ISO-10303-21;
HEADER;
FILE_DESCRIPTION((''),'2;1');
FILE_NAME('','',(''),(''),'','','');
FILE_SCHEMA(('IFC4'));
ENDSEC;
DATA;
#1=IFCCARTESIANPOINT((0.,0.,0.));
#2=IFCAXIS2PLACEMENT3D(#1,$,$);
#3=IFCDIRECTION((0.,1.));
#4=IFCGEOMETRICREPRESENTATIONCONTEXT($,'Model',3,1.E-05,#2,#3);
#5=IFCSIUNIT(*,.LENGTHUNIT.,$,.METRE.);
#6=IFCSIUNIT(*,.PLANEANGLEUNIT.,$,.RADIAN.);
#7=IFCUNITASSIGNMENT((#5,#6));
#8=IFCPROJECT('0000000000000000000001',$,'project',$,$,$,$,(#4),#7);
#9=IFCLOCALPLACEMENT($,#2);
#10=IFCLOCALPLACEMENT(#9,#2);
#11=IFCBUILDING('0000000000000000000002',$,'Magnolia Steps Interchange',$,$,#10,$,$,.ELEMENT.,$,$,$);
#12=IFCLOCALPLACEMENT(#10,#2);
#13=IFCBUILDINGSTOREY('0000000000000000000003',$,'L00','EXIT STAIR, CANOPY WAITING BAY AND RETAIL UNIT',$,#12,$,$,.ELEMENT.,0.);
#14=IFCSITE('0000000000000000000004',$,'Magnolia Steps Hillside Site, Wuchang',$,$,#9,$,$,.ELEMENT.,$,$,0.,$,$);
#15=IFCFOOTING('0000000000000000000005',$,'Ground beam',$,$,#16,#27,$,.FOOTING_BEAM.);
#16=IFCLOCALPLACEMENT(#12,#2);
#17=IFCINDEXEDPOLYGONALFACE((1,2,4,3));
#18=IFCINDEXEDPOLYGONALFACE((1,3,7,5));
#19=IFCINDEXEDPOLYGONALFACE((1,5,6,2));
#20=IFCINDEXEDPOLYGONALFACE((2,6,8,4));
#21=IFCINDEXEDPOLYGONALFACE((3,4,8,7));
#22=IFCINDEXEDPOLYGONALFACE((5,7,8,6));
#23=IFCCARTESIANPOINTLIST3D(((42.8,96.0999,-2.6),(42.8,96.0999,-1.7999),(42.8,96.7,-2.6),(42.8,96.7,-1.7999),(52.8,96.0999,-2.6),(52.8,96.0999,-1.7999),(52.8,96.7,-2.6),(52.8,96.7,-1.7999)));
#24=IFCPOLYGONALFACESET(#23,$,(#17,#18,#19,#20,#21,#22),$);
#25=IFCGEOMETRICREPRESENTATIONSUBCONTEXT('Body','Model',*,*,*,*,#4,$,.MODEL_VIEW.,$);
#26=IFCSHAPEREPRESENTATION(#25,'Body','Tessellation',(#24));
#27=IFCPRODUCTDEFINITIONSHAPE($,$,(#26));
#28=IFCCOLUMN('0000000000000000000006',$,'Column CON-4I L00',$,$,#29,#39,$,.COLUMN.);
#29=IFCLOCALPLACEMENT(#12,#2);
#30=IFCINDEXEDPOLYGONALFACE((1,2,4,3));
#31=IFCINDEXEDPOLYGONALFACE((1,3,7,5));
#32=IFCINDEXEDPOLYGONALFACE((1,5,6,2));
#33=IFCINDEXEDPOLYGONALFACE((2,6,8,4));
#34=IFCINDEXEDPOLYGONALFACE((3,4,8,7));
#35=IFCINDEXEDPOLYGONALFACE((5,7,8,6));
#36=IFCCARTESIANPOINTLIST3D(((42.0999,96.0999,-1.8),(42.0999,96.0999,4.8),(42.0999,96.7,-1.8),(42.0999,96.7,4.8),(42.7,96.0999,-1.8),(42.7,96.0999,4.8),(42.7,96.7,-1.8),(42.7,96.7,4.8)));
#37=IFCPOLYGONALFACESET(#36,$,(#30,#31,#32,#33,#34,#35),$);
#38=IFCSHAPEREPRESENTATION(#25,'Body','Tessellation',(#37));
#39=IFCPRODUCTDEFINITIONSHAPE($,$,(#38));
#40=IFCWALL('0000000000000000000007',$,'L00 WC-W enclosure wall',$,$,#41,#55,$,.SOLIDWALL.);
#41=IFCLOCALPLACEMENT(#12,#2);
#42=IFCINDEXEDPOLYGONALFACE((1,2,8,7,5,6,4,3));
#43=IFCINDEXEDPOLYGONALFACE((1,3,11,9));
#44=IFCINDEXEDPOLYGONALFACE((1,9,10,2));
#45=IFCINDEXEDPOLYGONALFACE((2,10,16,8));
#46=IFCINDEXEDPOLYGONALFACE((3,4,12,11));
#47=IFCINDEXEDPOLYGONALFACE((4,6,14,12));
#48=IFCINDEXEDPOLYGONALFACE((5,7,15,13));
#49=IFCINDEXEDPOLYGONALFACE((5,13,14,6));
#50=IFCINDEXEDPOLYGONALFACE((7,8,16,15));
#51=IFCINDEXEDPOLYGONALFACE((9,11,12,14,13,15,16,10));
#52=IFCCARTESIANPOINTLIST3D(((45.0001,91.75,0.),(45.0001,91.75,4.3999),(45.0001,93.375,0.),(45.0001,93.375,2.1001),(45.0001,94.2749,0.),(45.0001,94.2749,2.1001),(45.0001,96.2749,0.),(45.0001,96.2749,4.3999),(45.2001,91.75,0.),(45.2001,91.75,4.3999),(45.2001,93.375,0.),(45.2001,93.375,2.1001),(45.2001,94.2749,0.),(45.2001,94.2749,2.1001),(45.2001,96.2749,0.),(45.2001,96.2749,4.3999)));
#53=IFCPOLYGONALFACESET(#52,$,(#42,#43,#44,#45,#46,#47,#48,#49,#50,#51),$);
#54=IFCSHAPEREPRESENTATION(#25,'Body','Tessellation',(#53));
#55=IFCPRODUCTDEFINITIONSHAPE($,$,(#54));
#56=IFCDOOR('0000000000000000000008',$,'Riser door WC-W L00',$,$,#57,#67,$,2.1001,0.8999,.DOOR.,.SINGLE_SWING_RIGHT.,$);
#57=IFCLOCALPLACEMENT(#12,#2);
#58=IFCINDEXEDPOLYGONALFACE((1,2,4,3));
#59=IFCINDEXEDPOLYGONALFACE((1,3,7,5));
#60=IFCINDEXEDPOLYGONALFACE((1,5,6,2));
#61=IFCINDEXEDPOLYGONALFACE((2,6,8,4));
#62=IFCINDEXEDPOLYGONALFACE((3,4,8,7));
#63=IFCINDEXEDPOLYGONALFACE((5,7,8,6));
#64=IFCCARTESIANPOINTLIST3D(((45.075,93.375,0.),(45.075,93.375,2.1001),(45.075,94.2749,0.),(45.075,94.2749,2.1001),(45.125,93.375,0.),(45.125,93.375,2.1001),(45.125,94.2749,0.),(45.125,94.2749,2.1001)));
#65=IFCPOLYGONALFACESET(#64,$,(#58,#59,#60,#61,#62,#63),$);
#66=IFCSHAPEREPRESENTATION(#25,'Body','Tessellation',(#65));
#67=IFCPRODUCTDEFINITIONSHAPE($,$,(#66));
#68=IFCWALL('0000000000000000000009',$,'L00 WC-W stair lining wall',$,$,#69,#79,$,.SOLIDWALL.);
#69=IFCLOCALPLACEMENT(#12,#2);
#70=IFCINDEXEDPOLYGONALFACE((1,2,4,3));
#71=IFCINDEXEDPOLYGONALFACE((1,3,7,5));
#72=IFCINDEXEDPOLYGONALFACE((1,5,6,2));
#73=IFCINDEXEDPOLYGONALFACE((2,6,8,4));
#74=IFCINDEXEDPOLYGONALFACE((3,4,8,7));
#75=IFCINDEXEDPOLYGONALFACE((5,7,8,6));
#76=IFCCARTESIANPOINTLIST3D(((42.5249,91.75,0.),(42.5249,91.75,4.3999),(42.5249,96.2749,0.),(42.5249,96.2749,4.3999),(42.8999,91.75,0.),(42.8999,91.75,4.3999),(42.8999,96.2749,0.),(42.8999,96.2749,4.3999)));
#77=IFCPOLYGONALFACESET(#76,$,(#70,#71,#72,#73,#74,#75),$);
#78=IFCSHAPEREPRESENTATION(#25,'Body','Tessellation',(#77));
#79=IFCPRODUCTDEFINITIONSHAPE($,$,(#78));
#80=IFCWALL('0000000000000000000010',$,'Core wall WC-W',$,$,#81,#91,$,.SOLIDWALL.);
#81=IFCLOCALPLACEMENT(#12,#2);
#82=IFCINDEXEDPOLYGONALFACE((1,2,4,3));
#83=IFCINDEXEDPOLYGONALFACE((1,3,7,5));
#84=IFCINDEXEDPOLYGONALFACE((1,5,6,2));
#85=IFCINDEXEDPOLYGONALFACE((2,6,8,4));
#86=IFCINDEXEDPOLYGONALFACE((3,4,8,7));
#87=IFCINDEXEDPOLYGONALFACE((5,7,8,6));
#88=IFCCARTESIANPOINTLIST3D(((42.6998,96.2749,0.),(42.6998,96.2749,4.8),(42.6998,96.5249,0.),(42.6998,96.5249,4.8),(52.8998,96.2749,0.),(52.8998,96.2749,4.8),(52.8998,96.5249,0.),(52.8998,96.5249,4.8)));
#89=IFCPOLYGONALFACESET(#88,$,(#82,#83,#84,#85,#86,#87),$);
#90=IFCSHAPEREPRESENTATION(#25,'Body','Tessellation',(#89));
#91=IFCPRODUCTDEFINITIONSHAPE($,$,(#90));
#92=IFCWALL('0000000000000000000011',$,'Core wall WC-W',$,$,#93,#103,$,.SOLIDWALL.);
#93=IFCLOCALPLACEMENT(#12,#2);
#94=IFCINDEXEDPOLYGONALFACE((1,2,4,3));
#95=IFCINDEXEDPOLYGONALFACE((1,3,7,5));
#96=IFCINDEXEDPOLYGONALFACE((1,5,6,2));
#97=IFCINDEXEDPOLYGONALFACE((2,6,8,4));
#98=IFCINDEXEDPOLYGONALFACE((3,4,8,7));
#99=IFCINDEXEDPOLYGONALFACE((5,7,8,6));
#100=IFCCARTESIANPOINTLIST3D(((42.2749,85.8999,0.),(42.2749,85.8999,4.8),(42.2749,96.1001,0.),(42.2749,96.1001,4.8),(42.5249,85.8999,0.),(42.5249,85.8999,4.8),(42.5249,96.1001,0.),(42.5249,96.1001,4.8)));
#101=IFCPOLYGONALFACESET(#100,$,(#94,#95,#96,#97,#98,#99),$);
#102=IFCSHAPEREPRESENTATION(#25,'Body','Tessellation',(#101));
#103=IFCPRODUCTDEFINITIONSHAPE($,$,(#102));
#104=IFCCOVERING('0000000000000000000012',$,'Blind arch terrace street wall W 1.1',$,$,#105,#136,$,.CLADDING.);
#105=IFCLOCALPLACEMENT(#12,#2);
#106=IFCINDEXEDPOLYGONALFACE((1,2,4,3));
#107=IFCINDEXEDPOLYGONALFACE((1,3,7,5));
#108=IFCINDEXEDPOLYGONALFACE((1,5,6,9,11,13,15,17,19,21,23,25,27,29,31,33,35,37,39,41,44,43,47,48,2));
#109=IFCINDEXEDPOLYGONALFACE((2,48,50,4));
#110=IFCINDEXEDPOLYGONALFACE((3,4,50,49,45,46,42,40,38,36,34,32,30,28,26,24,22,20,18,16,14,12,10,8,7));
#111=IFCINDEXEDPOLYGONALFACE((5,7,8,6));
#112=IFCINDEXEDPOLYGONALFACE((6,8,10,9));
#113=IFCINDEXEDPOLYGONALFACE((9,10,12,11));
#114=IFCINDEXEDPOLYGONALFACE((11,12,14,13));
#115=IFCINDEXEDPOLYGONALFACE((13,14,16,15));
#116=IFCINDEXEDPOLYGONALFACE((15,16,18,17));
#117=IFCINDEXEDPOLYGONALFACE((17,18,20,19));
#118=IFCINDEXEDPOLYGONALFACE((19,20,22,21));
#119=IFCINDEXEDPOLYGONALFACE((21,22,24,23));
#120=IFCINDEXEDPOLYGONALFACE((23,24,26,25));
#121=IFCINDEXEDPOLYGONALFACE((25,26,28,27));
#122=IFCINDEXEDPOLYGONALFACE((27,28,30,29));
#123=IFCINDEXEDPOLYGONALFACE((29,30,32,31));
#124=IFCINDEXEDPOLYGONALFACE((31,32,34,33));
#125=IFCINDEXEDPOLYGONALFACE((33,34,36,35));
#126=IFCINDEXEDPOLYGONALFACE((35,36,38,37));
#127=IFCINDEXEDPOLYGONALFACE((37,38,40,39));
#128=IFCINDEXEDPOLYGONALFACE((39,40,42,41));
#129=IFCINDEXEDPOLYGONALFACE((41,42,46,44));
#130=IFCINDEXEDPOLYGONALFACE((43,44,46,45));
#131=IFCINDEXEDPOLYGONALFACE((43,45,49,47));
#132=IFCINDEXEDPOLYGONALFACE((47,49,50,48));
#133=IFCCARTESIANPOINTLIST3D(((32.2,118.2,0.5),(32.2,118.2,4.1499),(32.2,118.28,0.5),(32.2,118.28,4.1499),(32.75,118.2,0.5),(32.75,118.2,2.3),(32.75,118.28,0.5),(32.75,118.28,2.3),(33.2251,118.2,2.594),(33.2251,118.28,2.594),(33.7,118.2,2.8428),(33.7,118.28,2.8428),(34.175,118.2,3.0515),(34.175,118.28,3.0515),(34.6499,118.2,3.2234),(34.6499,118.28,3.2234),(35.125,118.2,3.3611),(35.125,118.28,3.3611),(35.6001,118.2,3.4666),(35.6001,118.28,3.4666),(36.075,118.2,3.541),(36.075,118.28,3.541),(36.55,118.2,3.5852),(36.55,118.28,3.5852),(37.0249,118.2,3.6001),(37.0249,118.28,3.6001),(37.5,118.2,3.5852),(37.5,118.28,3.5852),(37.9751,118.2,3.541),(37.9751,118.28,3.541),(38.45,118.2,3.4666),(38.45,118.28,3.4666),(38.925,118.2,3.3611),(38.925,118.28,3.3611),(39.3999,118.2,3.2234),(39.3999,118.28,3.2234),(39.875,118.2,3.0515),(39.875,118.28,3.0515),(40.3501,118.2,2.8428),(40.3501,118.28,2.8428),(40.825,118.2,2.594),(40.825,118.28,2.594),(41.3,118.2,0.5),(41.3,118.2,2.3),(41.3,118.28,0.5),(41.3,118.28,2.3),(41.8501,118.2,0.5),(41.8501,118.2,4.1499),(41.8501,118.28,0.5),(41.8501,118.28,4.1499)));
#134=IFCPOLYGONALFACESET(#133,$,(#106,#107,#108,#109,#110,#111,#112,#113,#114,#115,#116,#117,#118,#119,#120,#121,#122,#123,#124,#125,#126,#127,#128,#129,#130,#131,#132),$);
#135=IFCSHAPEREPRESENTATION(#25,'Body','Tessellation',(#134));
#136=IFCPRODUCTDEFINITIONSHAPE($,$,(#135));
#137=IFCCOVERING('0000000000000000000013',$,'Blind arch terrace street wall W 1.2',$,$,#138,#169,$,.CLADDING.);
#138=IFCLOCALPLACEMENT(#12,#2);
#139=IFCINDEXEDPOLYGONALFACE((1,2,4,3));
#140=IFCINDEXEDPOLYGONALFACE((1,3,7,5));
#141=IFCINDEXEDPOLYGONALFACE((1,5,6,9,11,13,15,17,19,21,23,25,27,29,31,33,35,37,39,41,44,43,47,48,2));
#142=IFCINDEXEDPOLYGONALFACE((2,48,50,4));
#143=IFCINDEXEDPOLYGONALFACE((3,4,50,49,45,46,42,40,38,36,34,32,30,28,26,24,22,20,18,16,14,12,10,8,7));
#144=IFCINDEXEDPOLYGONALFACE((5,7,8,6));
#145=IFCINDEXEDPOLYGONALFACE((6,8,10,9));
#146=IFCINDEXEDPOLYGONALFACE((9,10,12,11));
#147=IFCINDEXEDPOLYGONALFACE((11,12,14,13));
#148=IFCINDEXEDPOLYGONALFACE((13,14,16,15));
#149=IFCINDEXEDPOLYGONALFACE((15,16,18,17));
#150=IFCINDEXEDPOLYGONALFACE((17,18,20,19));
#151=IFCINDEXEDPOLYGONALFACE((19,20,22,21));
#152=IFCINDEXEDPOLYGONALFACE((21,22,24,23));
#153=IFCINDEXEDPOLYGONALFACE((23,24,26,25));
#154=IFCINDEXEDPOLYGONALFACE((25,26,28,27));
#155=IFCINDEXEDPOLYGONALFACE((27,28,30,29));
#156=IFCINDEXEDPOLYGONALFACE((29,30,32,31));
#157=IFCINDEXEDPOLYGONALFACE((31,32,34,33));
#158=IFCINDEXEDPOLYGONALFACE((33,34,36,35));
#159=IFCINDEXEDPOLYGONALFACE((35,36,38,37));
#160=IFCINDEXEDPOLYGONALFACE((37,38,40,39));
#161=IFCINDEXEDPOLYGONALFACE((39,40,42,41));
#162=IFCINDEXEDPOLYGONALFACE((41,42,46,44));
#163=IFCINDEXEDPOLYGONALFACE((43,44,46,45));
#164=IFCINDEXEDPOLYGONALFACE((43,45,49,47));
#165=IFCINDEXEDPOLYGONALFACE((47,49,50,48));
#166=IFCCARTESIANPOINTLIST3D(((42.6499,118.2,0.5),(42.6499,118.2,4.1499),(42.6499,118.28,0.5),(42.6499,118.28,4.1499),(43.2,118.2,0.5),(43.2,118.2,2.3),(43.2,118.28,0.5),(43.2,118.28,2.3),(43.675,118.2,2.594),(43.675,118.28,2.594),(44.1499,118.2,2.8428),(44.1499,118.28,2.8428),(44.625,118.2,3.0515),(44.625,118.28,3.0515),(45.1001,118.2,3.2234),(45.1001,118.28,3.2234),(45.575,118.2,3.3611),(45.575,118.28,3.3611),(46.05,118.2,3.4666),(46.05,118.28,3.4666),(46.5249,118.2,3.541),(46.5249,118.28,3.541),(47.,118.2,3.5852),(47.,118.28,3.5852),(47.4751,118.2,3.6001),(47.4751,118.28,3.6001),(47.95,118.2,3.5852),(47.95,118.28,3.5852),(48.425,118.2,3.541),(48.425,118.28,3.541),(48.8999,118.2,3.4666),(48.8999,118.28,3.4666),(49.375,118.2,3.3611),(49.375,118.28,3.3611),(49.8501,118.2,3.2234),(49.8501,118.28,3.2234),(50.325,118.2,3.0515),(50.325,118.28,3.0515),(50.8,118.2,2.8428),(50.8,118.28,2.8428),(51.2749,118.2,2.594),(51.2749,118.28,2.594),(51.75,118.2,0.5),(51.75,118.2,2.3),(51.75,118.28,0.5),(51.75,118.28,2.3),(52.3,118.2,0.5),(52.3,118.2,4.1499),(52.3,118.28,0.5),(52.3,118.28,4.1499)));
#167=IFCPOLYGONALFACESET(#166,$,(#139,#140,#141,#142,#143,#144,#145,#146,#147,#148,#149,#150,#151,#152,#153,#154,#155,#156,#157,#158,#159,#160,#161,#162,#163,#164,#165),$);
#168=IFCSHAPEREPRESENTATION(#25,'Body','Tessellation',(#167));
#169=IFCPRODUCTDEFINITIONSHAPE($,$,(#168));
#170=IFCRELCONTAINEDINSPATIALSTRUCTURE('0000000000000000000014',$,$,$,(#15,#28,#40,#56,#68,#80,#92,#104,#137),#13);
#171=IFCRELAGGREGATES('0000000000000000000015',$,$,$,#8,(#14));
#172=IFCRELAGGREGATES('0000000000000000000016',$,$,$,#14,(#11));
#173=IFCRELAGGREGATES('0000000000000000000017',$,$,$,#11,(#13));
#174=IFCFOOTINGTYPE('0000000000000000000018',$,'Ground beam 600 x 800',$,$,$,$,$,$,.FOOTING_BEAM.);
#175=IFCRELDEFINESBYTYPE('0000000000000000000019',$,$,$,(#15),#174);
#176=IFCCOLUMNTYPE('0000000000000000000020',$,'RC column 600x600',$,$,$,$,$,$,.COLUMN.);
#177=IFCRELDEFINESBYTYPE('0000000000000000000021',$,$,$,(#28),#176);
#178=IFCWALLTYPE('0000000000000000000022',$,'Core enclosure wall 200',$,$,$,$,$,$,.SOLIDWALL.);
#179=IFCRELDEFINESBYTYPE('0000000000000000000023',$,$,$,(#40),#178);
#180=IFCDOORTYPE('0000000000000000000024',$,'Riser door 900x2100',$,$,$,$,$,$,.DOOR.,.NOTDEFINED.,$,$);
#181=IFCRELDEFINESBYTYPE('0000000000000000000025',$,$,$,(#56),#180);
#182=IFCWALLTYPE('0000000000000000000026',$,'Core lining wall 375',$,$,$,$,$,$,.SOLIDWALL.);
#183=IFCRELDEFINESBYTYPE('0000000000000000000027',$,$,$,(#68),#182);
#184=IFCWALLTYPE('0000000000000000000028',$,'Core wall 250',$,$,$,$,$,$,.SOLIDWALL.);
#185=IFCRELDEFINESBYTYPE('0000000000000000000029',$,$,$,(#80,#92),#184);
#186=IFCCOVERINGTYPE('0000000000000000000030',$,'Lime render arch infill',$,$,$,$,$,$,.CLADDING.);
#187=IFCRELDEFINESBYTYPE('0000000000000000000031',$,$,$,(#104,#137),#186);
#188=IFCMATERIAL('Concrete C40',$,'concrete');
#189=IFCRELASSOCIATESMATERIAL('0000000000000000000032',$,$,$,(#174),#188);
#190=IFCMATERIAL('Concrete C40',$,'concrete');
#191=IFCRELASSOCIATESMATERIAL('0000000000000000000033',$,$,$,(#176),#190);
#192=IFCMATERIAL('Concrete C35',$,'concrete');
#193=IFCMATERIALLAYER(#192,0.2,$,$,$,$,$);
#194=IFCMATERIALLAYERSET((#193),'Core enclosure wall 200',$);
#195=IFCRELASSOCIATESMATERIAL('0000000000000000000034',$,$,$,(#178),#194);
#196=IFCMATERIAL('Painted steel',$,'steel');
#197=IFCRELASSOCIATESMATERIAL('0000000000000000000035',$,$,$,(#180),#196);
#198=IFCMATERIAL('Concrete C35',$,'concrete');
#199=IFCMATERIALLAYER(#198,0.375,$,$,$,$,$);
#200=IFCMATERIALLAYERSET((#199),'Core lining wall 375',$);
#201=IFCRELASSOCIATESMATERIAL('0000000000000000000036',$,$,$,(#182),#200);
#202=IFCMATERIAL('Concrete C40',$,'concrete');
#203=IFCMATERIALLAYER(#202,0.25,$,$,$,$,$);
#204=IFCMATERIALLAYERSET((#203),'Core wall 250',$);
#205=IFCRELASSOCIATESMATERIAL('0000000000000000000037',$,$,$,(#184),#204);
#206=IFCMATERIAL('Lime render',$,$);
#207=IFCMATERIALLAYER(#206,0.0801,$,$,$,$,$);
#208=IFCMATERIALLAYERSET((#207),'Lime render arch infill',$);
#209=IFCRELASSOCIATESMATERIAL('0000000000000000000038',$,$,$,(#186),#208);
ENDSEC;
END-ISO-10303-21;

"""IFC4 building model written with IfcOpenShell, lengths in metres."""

from ifc_helpers import new_model, si_unit, direction, frame, frame_2d, origin, origin_2d, place, context, subcontext, project, spatial, polyline, rectangle, outline, extrude, material, layer, layer_set, material_profile, profile_set, type_object, element, fill, save


model = new_model("IFC4")

# Units and contexts
model_context = context("Model", 3, precision=1e-05, world=origin(), true_north=direction((0.0, 1.0)))
body_context = subcontext(model_context, "Body", "Model", "MODEL_VIEW")
ifc_project = project(units=[si_unit("LENGTHUNIT", "METRE"), si_unit("PLANEANGLEUNIT", "RADIAN")], contexts=[model_context])

# Site, building, storey
site_placement = place(None, origin())
site = spatial("IfcSite", under=ifc_project, at=site_placement, Name="Magnolia Steps Hillside Site, Wuchang", CompositionType="ELEMENT", RefElevation=0.0)
building_placement = place(site_placement, origin())
building = spatial("IfcBuilding", under=site, at=building_placement, Name="Magnolia Steps Interchange", CompositionType="ELEMENT")
storey_placement = place(building_placement, origin())
storey = spatial("IfcBuildingStorey", under=building, at=storey_placement, Name="L00", Description="EXIT STAIR, CANOPY WAITING BAY AND RETAIL UNIT", CompositionType="ELEMENT", Elevation=0.0)

# Footing
ifc_material_1 = material(Name="Concrete C40", Category="concrete")
ifc_material_profile_1 = material_profile(ifc_material_1, rectangle(XDim=0.6001, YDim=0.8, at=origin_2d()), Name="RC600x800")
ifc_profile_set_1 = profile_set([ifc_material_profile_1], Name="Concrete C40")
footing_type = type_object("IfcFootingType", Name="Ground beam 600 x 800", PredefinedType="FOOTING_BEAM", material=ifc_profile_set_1)
footing_placement = place(storey_placement, frame((42.8, 96.3999, -2.2), z_axis=(1.0, 0.0, 0.0), x_axis=(0.0, 1.0, 0.0)))
element("IfcFooting", 1, at=footing_placement, inside=storey, type_object=footing_type, Name="Ground beam", PredefinedType="FOOTING_BEAM", context=body_context, shape_type="SweptSolid", body=[
    extrude(rectangle(XDim=0.6001, YDim=0.8, at=origin_2d()), origin(), (0.0, 0.0, 1.0), 10.0),
])

# Column
ifc_material_2 = material(Name="Concrete C40", Category="concrete")
ifc_material_profile_2 = material_profile(ifc_material_2, rectangle(XDim=0.6001, YDim=0.6001, at=origin_2d()), Name="RC600x600")
ifc_profile_set_2 = profile_set([ifc_material_profile_2], Name="Concrete C40")
column_type = type_object("IfcColumnType", Name="RC column 600x600", PredefinedType="COLUMN", material=ifc_profile_set_2)
column_placement = place(storey_placement, frame((42.3999, 96.3999, -1.8), z_axis=(0.0, 0.0, 1.0), x_axis=(1.0, 0.0, 0.0)))
element("IfcColumn", 2, at=column_placement, inside=storey, type_object=column_type, Name="Column CON-4I L00", PredefinedType="COLUMN", context=body_context, shape_type="SweptSolid", body=[
    extrude(rectangle(XDim=0.6001, YDim=0.6001, at=origin_2d()), origin(), (0.0, 0.0, 1.0), 6.6001),
])

# Wall, opening, door
ifc_material_3 = material(Name="Concrete C35", Category="concrete")
ifc_layer_1 = layer(ifc_material_3, 0.2)
ifc_layer_set_1 = layer_set([ifc_layer_1], Name="Core enclosure wall 200")
wall_type_1 = type_object("IfcWallType", Name="Core enclosure wall 200", PredefinedType="SOLIDWALL", material=ifc_layer_set_1)
wall_1_placement = place(storey_placement, frame((45.1001, 91.75, 0.0), z_axis=(0.0, 0.0, 1.0), x_axis=(0.0, 1.0, 0.0)))
wall_1 = element("IfcWall", 3, at=wall_1_placement, inside=storey, type_object=wall_type_1, Name="L00 WC-W enclosure wall", PredefinedType="SOLIDWALL", context=body_context, shape_type="SweptSolid", body=[
    extrude(rectangle(XDim=4.5249, YDim=0.2, at=frame_2d((2.2625, 0.0))), origin(), (0.0, 0.0, 1.0), 4.3999),
])
opening_placement = place(wall_1_placement, frame((1.625, 0.0, 0.0)))
opening = element("IfcOpeningElement", 4, at=opening_placement, cuts=wall_1, PredefinedType="OPENING", context=body_context, shape_type="SweptSolid", body=[
    extrude(rectangle(XDim=0.8999, YDim=2.1001, at=frame_2d((0.45, 1.05))), frame((0.0, 0.1099, 0.0), z_axis=(0.0, -1.0, 0.0), x_axis=(1.0, 0.0, 0.0)), (0.0, 0.0, 1.0), 0.22),
])
ifc_material_4 = material(Name="Painted steel", Category="steel")
door_type = type_object("IfcDoorType", Name="Riser door 900x2100", OperationType="NOTDEFINED", PredefinedType="DOOR", material=ifc_material_4)
door_placement = place(opening_placement, frame((0.8999, 0.0, 0.0), z_axis=(0.0, 0.0, 1.0), x_axis=(-1.0, 0.0, 0.0)))
door = element("IfcDoor", 5, at=door_placement, inside=storey, type_object=door_type, Name="Riser door WC-W L00", OperationType="SINGLE_SWING_RIGHT", OverallHeight=2.1001, OverallWidth=0.8999, PredefinedType="DOOR", context=body_context, shape_type="SweptSolid", body=[
    extrude(rectangle(XDim=0.8999, YDim=2.1001, at=frame_2d((0.45, 1.05))), frame((0.0, 0.0249, 0.0), z_axis=(0.0, -1.0, 0.0), x_axis=(1.0, 0.0, 0.0)), (0.0, 0.0, 1.0), 0.05),
])
fill(opening, door)

# Walls
ifc_material_5 = material(Name="Concrete C35", Category="concrete")
ifc_layer_2 = layer(ifc_material_5, 0.375)
ifc_layer_set_2 = layer_set([ifc_layer_2], Name="Core lining wall 375")
wall_type_2 = type_object("IfcWallType", Name="Core lining wall 375", PredefinedType="SOLIDWALL", material=ifc_layer_set_2)
wall_2_placement = place(storey_placement, frame((42.7124, 91.75, 0.0), z_axis=(0.0, 0.0, 1.0), x_axis=(0.0, 1.0, 0.0)))
element("IfcWall", 6, at=wall_2_placement, inside=storey, type_object=wall_type_2, Name="L00 WC-W stair lining wall", PredefinedType="SOLIDWALL", context=body_context, shape_type="SweptSolid", body=[
    extrude(rectangle(XDim=4.5249, YDim=0.375, at=frame_2d((2.2625, 0.0))), origin(), (0.0, 0.0, 1.0), 4.3999),
])
ifc_material_6 = material(Name="Concrete C40", Category="concrete")
ifc_layer_3 = layer(ifc_material_6, 0.25)
ifc_layer_set_3 = layer_set([ifc_layer_3], Name="Core wall 250")
wall_type_3 = type_object("IfcWallType", Name="Core wall 250", PredefinedType="SOLIDWALL", material=ifc_layer_set_3)
wall_3_placement = place(storey_placement, frame((52.8999, 96.3999, 0.0), z_axis=(0.0, 0.0, 1.0), x_axis=(-1.0, 0.0, 0.0)))
element("IfcWall", 7, at=wall_3_placement, inside=storey, type_object=wall_type_3, Name="Core wall WC-W", PredefinedType="SOLIDWALL", context=body_context, shape_type="SweptSolid", body=[
    extrude(rectangle(XDim=10.2, YDim=0.25, at=frame_2d((5.1001, 0.0))), origin(), (0.0, 0.0, 1.0), 4.8),
])
wall_4_placement = place(storey_placement, frame((42.3999, 96.1001, 0.0), z_axis=(0.0, 0.0, 1.0), x_axis=(0.0, -1.0, 0.0)))
element("IfcWall", 8, at=wall_4_placement, inside=storey, type_object=wall_type_3, Name="Core wall WC-W", PredefinedType="SOLIDWALL", context=body_context, shape_type="SweptSolid", body=[
    extrude(rectangle(XDim=10.2002, YDim=0.25, at=frame_2d((5.1001, 0.0))), origin(), (0.0, 0.0, 1.0), 4.8),
])

# Coverings
ifc_material_7 = material(Name="Lime render")
ifc_layer_4 = layer(ifc_material_7, 0.0801)
ifc_layer_set_4 = layer_set([ifc_layer_4], Name="Lime render arch infill")
covering_type_1 = type_object("IfcCoveringType", Name="Lime render arch infill", PredefinedType="CLADDING", material=ifc_layer_set_4)
covering_1_placement = place(storey_placement, frame((32.75, 118.2, 0.5), z_axis=(0.0, -1.0, 0.0), x_axis=(0.0, 0.0, 1.0)))
element("IfcCovering", 9, at=covering_1_placement, inside=storey, type_object=covering_type_1, Name="Blind arch terrace street wall W 1.1", PredefinedType="CLADDING", context=body_context, shape_type="SweptSolid", body=[
    extrude(outline(polyline([(0.0, 0.0), (1.8, 0.0), (2.094, -0.4751), (2.3428, -0.95), (2.5515, -1.425), (2.7234, -1.8999), (2.8611, -2.375), (2.9666, -2.8501), (3.041, -3.325), (3.0852, -3.8), (3.1001, -4.2749), (3.0852, -4.75), (3.041, -5.2251), (2.9666, -5.7), (2.8611, -6.175), (2.7234, -6.6499), (2.5515, -7.125), (2.3428, -7.6001), (2.094, -8.075), (1.8, -8.55), (0.0, -8.55), (0.0, -9.1001), (3.6499, -9.1001), (3.6499, 0.55), (0.0, 0.55), (0.0, 0.0)])), origin(), (0.0, 0.0, -1.0), 0.0801),
])
covering_2_placement = place(storey_placement, frame((43.2, 118.2, 0.5), z_axis=(0.0, -1.0, 0.0), x_axis=(0.0, 0.0, 1.0)))
element("IfcCovering", 10, at=covering_2_placement, inside=storey, type_object=covering_type_1, Name="Blind arch terrace street wall W 1.2", PredefinedType="CLADDING", context=body_context, shape_type="SweptSolid", body=[
    extrude(outline(polyline([(0.0, 0.0), (1.8, 0.0), (2.094, -0.4751), (2.3428, -0.95), (2.5515, -1.425), (2.7234, -1.9001), (2.8611, -2.375), (2.9666, -2.8501), (3.041, -3.325), (3.0852, -3.8), (3.1001, -4.2751), (3.0852, -4.75), (3.041, -5.2251), (2.9666, -5.7), (2.8611, -6.175), (2.7234, -6.6501), (2.5515, -7.125), (2.3428, -7.6001), (2.094, -8.075), (1.8, -8.55), (0.0, -8.55), (0.0, -9.1001), (3.6499, -9.1001), (3.6499, 0.55), (0.0, 0.55), (0.0, 0.0)])), origin(), (0.0, 0.0, -1.0), 0.0801),
])

save(model, "model.ifc")
